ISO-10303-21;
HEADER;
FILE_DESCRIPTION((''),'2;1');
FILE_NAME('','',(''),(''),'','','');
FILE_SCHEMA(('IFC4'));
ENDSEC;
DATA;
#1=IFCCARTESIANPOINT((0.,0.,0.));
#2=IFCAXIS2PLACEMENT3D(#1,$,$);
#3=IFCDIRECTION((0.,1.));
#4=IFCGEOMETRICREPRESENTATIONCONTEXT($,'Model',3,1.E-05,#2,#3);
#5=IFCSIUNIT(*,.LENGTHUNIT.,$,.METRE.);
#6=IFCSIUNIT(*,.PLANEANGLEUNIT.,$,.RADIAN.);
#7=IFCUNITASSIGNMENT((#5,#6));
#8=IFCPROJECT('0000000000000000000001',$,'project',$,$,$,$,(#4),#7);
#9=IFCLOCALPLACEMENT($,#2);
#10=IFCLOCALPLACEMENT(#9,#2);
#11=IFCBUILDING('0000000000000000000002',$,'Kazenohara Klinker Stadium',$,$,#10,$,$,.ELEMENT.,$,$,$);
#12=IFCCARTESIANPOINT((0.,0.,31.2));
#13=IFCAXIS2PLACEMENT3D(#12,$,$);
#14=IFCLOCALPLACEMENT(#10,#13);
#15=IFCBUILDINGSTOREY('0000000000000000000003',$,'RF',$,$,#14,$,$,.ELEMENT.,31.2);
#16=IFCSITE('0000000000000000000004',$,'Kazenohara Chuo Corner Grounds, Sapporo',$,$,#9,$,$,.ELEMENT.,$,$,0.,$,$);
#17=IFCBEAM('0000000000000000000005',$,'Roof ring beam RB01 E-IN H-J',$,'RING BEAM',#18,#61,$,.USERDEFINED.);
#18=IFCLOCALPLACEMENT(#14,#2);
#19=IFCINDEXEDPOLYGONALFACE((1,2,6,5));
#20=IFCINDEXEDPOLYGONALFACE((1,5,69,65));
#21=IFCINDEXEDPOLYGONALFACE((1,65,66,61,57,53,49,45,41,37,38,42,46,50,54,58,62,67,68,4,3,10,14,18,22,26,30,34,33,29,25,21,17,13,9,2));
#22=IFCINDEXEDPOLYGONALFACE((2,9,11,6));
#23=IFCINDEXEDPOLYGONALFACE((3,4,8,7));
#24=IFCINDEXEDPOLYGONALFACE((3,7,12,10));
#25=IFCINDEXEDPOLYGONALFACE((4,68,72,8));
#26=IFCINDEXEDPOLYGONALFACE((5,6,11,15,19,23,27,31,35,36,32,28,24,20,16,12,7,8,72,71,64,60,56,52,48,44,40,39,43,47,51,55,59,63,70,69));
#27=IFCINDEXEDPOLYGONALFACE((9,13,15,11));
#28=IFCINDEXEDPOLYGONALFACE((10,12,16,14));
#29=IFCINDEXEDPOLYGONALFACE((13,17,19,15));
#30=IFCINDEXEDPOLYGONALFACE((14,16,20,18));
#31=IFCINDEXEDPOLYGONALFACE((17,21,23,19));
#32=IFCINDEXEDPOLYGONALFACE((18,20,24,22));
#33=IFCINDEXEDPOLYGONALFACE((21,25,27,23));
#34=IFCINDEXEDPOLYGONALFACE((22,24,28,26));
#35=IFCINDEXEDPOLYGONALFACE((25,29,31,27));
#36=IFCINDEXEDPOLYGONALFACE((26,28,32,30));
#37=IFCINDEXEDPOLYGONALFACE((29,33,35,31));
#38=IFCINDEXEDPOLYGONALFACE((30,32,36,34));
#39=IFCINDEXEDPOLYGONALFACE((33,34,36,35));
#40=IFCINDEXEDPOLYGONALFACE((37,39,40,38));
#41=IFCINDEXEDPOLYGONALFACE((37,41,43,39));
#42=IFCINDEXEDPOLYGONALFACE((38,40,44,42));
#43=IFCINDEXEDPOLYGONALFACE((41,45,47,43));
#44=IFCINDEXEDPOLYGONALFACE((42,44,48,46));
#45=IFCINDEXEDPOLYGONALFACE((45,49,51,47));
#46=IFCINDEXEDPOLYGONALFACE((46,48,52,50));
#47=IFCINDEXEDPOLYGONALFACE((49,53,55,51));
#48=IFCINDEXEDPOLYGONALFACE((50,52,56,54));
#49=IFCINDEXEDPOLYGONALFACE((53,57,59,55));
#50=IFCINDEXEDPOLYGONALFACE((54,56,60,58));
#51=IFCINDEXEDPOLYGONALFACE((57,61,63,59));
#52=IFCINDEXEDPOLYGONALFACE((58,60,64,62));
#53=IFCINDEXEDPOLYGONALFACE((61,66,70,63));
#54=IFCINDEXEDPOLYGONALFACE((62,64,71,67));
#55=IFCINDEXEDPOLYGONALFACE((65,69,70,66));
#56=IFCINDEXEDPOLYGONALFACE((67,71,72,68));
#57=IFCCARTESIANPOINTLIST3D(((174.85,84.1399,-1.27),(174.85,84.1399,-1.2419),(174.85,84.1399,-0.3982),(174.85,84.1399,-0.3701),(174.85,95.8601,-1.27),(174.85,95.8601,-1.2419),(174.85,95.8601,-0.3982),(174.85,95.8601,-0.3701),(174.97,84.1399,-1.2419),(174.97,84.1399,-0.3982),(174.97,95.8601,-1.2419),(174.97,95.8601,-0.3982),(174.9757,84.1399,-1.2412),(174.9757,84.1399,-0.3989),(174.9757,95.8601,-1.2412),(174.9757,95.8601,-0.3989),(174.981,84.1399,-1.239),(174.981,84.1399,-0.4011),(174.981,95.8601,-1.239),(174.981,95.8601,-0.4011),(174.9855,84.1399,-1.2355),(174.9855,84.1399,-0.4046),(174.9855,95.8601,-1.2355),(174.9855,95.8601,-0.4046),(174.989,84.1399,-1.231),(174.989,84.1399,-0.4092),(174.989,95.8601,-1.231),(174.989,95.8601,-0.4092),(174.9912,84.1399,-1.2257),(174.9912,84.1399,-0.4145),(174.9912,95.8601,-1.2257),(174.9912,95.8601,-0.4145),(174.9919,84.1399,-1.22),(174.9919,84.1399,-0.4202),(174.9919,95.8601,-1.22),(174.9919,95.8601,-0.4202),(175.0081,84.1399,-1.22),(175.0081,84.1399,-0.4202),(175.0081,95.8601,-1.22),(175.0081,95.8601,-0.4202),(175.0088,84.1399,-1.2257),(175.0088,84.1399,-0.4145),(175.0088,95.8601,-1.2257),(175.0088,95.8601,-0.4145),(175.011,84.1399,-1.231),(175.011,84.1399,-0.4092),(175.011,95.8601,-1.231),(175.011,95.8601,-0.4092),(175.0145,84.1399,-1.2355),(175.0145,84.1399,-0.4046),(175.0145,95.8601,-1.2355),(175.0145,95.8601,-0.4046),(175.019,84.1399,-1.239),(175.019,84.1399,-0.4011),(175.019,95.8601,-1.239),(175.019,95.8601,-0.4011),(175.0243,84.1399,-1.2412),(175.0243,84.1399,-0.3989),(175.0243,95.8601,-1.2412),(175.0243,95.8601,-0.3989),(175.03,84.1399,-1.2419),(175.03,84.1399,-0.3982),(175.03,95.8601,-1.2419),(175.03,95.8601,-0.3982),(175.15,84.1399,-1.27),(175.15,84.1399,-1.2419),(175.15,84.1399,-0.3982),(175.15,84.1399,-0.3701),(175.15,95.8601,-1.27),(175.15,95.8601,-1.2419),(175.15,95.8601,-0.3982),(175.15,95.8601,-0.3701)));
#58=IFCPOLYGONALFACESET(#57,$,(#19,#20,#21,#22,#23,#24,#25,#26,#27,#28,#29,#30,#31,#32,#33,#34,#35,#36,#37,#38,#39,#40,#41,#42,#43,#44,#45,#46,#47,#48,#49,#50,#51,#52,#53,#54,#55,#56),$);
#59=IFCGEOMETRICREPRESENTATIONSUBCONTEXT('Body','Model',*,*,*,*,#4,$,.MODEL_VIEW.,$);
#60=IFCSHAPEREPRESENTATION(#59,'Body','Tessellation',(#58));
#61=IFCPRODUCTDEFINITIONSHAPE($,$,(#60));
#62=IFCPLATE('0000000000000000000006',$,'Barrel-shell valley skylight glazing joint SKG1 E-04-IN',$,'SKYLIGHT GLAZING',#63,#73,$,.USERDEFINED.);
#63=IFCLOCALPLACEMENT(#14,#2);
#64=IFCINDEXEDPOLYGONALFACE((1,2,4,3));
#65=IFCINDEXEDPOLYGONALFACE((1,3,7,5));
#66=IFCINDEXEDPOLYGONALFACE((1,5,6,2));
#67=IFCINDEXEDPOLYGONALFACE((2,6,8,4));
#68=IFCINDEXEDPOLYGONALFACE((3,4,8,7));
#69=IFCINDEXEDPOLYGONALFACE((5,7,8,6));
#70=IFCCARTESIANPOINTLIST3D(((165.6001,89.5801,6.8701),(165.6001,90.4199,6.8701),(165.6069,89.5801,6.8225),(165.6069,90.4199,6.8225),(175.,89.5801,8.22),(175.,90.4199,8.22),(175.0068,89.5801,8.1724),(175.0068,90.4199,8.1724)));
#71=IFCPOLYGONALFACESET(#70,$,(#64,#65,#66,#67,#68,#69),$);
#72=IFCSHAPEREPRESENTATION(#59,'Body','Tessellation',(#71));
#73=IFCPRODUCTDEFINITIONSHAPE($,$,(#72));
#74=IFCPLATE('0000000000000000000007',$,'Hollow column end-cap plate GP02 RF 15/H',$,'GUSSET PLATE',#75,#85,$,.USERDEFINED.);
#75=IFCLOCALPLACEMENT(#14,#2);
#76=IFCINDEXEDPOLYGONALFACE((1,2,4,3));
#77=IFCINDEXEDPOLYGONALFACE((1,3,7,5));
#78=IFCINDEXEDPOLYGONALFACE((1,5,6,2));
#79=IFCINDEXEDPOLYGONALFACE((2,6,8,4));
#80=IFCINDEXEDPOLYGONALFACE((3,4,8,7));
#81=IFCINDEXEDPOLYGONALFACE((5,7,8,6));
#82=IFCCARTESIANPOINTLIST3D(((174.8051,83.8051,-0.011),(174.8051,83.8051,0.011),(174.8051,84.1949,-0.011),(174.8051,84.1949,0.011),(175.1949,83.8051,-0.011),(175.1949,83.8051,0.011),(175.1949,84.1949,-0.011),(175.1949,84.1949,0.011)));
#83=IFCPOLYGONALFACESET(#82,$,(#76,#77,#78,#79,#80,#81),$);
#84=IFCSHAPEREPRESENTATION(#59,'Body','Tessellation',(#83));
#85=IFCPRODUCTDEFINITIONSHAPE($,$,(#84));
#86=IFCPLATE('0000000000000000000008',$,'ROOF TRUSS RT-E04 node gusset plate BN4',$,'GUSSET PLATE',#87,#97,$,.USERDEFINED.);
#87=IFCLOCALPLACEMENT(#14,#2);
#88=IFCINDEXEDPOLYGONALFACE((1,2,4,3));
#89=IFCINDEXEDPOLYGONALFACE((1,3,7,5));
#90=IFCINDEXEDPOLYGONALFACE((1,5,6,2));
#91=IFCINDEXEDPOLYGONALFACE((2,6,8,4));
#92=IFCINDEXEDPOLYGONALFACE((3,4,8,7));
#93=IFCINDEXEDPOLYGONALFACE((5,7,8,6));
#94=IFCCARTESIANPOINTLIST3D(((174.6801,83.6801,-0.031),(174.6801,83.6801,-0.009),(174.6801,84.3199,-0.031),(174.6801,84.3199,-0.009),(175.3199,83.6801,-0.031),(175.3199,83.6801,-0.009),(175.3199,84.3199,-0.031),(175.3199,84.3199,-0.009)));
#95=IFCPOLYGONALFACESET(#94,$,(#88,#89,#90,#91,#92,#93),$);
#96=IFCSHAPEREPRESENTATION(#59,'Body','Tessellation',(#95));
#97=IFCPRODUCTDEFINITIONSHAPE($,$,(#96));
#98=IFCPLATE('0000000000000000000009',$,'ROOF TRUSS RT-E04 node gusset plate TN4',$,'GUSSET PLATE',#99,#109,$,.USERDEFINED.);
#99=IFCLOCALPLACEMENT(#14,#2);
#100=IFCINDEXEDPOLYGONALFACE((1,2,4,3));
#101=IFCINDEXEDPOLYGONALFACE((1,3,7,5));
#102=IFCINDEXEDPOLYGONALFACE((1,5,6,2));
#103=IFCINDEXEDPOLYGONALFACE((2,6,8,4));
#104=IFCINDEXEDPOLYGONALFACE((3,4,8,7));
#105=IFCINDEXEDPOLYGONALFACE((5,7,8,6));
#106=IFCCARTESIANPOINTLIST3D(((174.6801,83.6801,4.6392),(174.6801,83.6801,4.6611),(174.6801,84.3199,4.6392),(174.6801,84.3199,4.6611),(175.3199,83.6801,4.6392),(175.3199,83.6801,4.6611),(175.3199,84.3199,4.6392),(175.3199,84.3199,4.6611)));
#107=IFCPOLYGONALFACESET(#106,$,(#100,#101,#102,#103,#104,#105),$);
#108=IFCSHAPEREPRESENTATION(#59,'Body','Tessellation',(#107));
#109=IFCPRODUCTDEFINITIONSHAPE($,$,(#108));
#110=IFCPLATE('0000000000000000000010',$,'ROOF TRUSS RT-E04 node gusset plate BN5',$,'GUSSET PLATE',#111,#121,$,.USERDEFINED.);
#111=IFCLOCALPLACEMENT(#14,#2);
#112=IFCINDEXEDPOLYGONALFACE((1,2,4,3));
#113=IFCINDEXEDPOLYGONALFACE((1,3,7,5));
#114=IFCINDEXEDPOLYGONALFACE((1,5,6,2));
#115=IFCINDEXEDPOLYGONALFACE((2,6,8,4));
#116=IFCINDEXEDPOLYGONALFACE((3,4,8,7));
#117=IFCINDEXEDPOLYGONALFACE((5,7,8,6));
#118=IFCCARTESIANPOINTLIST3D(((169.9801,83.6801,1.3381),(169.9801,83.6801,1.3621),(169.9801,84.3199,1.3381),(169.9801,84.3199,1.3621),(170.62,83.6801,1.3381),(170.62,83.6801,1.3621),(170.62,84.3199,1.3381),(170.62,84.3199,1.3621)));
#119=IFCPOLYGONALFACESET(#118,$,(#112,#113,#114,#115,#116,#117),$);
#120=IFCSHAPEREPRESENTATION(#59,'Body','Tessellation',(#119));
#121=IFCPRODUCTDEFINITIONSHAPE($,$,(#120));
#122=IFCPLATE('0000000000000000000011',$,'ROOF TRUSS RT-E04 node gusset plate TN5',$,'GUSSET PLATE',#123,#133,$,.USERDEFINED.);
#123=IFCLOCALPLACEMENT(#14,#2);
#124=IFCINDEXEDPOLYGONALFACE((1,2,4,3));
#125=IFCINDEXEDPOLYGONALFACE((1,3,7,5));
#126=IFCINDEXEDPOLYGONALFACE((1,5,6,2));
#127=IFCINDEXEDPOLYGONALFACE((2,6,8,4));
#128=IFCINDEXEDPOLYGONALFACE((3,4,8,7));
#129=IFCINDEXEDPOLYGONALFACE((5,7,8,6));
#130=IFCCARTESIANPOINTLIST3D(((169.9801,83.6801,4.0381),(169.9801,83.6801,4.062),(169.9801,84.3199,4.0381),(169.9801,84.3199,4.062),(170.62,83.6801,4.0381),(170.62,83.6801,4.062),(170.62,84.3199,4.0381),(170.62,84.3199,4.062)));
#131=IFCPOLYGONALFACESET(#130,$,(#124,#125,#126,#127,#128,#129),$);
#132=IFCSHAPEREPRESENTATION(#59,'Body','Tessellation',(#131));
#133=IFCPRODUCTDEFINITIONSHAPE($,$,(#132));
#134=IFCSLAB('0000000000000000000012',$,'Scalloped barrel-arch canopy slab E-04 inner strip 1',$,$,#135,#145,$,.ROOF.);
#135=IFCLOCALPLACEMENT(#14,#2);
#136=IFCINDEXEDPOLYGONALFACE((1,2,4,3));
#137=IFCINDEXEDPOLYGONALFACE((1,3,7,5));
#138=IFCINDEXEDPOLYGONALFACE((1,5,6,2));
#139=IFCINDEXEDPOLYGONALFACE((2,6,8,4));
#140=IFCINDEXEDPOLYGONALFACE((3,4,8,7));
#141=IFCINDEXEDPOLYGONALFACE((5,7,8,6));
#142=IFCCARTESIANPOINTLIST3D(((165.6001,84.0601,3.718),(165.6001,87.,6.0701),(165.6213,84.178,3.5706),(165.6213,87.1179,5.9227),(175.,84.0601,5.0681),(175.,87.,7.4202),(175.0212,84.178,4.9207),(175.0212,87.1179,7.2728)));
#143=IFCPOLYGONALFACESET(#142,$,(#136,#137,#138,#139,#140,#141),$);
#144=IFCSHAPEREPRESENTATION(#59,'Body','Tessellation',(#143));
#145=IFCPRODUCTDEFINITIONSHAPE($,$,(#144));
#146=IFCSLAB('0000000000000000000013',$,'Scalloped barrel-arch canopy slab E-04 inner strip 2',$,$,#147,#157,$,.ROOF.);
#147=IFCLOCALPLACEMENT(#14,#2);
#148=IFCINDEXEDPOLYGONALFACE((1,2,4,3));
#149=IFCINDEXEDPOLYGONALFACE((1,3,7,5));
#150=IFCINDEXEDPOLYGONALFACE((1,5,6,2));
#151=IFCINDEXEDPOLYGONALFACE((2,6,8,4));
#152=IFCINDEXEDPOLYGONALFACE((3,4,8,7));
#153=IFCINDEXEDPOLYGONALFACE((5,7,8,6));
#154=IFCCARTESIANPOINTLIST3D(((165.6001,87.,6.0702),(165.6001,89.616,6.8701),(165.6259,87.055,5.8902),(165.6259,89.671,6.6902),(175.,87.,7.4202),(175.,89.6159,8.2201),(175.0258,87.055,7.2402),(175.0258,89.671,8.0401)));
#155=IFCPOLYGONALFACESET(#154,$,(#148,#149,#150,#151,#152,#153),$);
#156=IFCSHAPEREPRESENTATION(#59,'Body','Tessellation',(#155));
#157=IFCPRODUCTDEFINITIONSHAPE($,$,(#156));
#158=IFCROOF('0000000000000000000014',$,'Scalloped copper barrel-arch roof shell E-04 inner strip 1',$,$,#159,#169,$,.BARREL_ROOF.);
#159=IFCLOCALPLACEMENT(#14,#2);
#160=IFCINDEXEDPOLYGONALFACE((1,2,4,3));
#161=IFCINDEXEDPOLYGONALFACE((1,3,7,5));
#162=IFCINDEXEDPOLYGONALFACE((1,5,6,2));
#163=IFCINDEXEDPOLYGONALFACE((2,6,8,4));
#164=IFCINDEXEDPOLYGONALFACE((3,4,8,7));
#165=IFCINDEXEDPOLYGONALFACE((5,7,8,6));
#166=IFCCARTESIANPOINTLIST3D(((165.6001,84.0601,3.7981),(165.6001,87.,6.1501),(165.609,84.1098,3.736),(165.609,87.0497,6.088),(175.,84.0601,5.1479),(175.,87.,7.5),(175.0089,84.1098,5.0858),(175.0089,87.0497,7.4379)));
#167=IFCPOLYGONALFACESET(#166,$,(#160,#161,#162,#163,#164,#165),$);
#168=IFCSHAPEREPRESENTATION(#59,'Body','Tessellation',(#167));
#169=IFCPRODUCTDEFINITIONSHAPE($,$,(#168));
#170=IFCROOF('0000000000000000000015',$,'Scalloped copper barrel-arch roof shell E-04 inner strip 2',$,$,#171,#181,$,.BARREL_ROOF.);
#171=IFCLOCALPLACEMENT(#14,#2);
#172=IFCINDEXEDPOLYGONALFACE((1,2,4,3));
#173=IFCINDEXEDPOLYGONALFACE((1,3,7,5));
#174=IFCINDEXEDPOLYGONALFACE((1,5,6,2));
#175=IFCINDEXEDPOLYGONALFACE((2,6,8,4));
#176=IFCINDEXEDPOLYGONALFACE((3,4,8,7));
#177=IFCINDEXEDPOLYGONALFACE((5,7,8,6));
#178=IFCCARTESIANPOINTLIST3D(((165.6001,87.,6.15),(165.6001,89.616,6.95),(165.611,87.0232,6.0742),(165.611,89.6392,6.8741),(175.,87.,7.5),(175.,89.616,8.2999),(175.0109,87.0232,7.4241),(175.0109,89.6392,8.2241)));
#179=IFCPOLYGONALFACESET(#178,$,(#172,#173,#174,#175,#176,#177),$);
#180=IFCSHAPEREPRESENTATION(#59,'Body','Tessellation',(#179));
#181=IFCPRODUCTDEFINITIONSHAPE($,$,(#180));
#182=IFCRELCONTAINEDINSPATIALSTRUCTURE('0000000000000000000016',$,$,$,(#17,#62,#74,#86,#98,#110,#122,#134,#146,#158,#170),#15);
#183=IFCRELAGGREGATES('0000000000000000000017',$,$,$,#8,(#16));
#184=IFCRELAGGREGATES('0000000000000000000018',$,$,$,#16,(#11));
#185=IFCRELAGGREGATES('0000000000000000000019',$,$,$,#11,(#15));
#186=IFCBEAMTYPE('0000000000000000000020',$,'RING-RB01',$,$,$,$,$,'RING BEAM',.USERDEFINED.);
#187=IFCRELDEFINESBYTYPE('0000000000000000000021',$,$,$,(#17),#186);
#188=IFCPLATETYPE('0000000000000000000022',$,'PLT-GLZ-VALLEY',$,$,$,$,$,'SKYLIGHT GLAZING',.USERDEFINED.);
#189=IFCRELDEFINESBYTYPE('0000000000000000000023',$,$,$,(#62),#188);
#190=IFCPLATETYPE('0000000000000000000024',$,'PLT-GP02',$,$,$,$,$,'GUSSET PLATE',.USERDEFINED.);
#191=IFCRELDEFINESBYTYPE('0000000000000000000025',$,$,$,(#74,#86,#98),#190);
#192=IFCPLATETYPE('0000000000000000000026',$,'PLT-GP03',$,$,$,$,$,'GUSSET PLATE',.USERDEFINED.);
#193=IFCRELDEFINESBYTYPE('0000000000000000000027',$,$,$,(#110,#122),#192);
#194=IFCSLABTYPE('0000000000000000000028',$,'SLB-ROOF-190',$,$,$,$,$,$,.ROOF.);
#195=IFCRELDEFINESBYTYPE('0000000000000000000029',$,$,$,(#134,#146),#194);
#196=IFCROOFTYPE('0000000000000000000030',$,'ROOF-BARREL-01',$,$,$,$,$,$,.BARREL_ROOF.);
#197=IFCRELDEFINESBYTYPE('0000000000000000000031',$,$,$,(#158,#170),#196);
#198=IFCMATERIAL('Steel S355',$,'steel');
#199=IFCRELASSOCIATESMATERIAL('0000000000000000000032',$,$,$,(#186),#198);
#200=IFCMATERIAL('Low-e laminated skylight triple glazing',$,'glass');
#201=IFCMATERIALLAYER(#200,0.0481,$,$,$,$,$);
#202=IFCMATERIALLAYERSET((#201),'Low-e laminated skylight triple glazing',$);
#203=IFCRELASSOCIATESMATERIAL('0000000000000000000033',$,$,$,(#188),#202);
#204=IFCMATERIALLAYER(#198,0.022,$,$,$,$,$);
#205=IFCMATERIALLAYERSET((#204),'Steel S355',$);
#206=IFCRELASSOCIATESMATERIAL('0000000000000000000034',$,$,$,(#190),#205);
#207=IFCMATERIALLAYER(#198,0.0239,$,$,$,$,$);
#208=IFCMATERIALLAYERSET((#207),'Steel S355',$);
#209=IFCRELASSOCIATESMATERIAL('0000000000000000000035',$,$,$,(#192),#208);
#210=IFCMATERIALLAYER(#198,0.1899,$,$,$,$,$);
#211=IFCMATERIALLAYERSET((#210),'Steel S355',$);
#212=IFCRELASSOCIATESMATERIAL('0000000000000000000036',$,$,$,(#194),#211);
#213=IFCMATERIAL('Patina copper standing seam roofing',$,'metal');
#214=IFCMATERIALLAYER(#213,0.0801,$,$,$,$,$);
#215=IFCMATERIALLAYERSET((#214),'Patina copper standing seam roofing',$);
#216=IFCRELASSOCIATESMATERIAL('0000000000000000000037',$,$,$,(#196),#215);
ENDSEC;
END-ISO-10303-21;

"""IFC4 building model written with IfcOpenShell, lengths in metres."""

from ifc_helpers import new_model, si_unit, direction, frame, origin, origin_2d, place, context, subcontext, project, spatial, polyline, rectangle, i_section, outline, extrude, material, layer, layer_set, material_profile, profile_set, type_object, element, save


model = new_model("IFC4")

# Units and contexts
model_context = context("Model", 3, precision=1e-05, world=origin(), true_north=direction((0.0, 1.0)))
body_context = subcontext(model_context, "Body", "Model", "MODEL_VIEW")
ifc_project = project(units=[si_unit("LENGTHUNIT", "METRE"), si_unit("PLANEANGLEUNIT", "RADIAN")], contexts=[model_context])

# Site, building, storey
site_placement = place(None, origin())
site = spatial("IfcSite", under=ifc_project, at=site_placement, Name="Kazenohara Chuo Corner Grounds, Sapporo", CompositionType="ELEMENT", RefElevation=0.0)
building_placement = place(site_placement, origin())
building = spatial("IfcBuilding", under=site, at=building_placement, Name="Kazenohara Klinker Stadium", CompositionType="ELEMENT")
storey_placement = place(building_placement, frame((0.0, 0.0, 31.2)))
storey = spatial("IfcBuildingStorey", under=building, at=storey_placement, Name="RF", CompositionType="ELEMENT", Elevation=31.2)

# Shared definitions
ifc_material_1 = material(Name="Steel S355", Category="steel")

# Beam
ifc_material_profile_1 = material_profile(ifc_material_1, i_section(OverallWidth=0.3, OverallDepth=0.8999, WebThickness=0.0161, FlangeThickness=0.0281, FilletRadius=0.022, at=origin_2d()), Name="H-900x300x16x28")
ifc_profile_set_1 = profile_set([ifc_material_profile_1], Name="Steel S355")
beam_type = type_object("IfcBeamType", Name="RING-RB01", ElementType="RING BEAM", PredefinedType="USERDEFINED", material=ifc_profile_set_1)
beam_placement = place(storey_placement, frame((175.0, 84.1399, -0.8201), z_axis=(0.0, 1.0, 0.0), x_axis=(-1.0, 0.0, 0.0)))
element("IfcBeam", 1, at=beam_placement, inside=storey, type_object=beam_type, Name="Roof ring beam RB01 E-IN H-J", ObjectType="RING BEAM", PredefinedType="USERDEFINED", context=body_context, shape_type="SweptSolid", body=[
    extrude(i_section(OverallWidth=0.3, OverallDepth=0.8999, WebThickness=0.0161, FlangeThickness=0.0281, FilletRadius=0.022, at=origin_2d()), origin(), (0.0, 0.0, 1.0), 11.7202),
])

# Plates
ifc_material_2 = material(Name="Low-e laminated skylight triple glazing", Category="glass")
ifc_layer_1 = layer(ifc_material_2, 0.0481)
ifc_layer_set_1 = layer_set([ifc_layer_1], Name="Low-e laminated skylight triple glazing")
plate_type_1 = type_object("IfcPlateType", Name="PLT-GLZ-VALLEY", ElementType="SKYLIGHT GLAZING", PredefinedType="USERDEFINED", material=ifc_layer_set_1)
plate_1_placement = place(storey_placement, frame((175.0, 89.5801, 8.22), z_axis=(-0.142145, 0.0, 0.989846), x_axis=(-0.989846, 0.0, -0.142145)))
element("IfcPlate", 2, at=plate_1_placement, inside=storey, type_object=plate_type_1, Name="Barrel-shell valley skylight glazing joint SKG1 E-04-IN", ObjectType="SKYLIGHT GLAZING", PredefinedType="USERDEFINED", context=body_context, shape_type="SweptSolid", body=[
    extrude(outline(polyline([(0.0, 0.0), (9.4963, 0.0), (9.4963, -0.8398), (0.0, -0.8398), (0.0, 0.0)])), origin(), (0.0, 0.0, -1.0), 0.0481),
])
ifc_layer_2 = layer(ifc_material_1, 0.022)
ifc_layer_set_2 = layer_set([ifc_layer_2], Name="Steel S355")
plate_type_2 = type_object("IfcPlateType", Name="PLT-GP02", ElementType="GUSSET PLATE", PredefinedType="USERDEFINED", material=ifc_layer_set_2)
plate_2_placement = place(storey_placement, frame((175.0, 84.0, -0.011), z_axis=(0.0, 0.0, 1.0), x_axis=(1.0, 0.0, 0.0)))
element("IfcPlate", 3, at=plate_2_placement, inside=storey, type_object=plate_type_2, Name="Hollow column end-cap plate GP02 RF 15/H", ObjectType="GUSSET PLATE", PredefinedType="USERDEFINED", context=body_context, shape_type="SweptSolid", body=[
    extrude(rectangle(XDim=0.3899, YDim=0.3899, at=origin_2d()), origin(), (0.0, 0.0, 1.0), 0.022),
])
for number, where, z_axis, x_axis, name in (
    (4, (175.0, 84.0, -0.031), (0.0, 0.0, 1.0), (1.0, 0.0, 0.0), "ROOF TRUSS RT-E04 node gusset plate BN4"),
    (5, (175.0, 84.0, 4.6392), (0.0, 0.0, 1.0), (1.0, 0.0, 0.0), "ROOF TRUSS RT-E04 node gusset plate TN4"),
):
    element("IfcPlate", number, at=place(storey_placement, frame(where, z_axis=z_axis, x_axis=x_axis)), inside=storey, type_object=plate_type_2, Name=name, ObjectType="GUSSET PLATE", PredefinedType="USERDEFINED", context=body_context, shape_type="SweptSolid", body=[
        extrude(rectangle(XDim=0.6399, YDim=0.6399, at=origin_2d()), origin(), (0.0, 0.0, 1.0), 0.022),
    ])
ifc_layer_3 = layer(ifc_material_1, 0.0239)
ifc_layer_set_3 = layer_set([ifc_layer_3], Name="Steel S355")
plate_type_3 = type_object("IfcPlateType", Name="PLT-GP03", ElementType="GUSSET PLATE", PredefinedType="USERDEFINED", material=ifc_layer_set_3)
for number, where, z_axis, x_axis, name in (
    (6, (170.3, 84.0, 1.3381), (0.0, 0.0, 1.0), (1.0, 0.0, 0.0), "ROOF TRUSS RT-E04 node gusset plate BN5"),
    (7, (170.3, 84.0, 4.0381), (0.0, 0.0, 1.0), (1.0, 0.0, 0.0), "ROOF TRUSS RT-E04 node gusset plate TN5"),
):
    element("IfcPlate", number, at=place(storey_placement, frame(where, z_axis=z_axis, x_axis=x_axis)), inside=storey, type_object=plate_type_3, Name=name, ObjectType="GUSSET PLATE", PredefinedType="USERDEFINED", context=body_context, shape_type="SweptSolid", body=[
        extrude(rectangle(XDim=0.6399, YDim=0.6399, at=origin_2d()), origin(), (0.0, 0.0, 1.0), 0.0239),
    ])

# Slabs
ifc_layer_4 = layer(ifc_material_1, 0.1899)
ifc_layer_set_4 = layer_set([ifc_layer_4], Name="Steel S355")
slab_type = type_object("IfcSlabType", Name="SLB-ROOF-190", PredefinedType="ROOF", material=ifc_layer_set_4)
slab_1_placement = place(storey_placement, frame((175.0, 84.0601, 5.0681), z_axis=(-0.111455, -0.620819, 0.775991), x_axis=(-0.989842, 0.0, -0.14217)))
element("IfcSlab", 8, at=slab_1_placement, inside=storey, type_object=slab_type, Name="Scalloped barrel-arch canopy slab E-04 inner strip 1", PredefinedType="ROOF", context=body_context, shape_type="SweptSolid", body=[
    extrude(outline(polyline([(0.0, 0.0), (9.4964, 0.0), (9.162, -3.7501), (-0.3344, -3.7501), (0.0, 0.0)])), origin(), (0.0, 0.0, -1.0), 0.1899),
])
slab_2_placement = place(storey_placement, frame((175.0, 87.0, 7.4202), z_axis=(-0.136061, -0.289701, 0.947397), x_axis=(-0.989844, -0.000004, -0.142158)))
element("IfcSlab", 9, at=slab_2_placement, inside=storey, type_object=slab_type, Name="Scalloped barrel-arch canopy slab E-04 inner strip 2", PredefinedType="ROOF", context=body_context, shape_type="SweptSolid", body=[
    extrude(outline(polyline([(0.0, 0.0), (9.4964, 0.0), (9.3826, -2.7332), (-0.1137, -2.7331), (0.0, 0.0)])), origin(), (0.0, 0.0, -1.0), 0.1899),
])

# Roofs
ifc_material_3 = material(Name="Patina copper standing seam roofing", Category="metal")
ifc_layer_5 = layer(ifc_material_3, 0.0801)
ifc_layer_set_5 = layer_set([ifc_layer_5], Name="Patina copper standing seam roofing")
roof_type = type_object("IfcRoofType", Name="ROOF-BARREL-01", PredefinedType="BARREL_ROOF", material=ifc_layer_set_5)
roof_1_placement = place(storey_placement, frame((175.0, 84.0601, 5.1479), z_axis=(-0.111435, -0.62082, 0.775993), x_axis=(-0.989846, 0.0, -0.142145)))
element("IfcRoof", 10, at=roof_1_placement, inside=storey, type_object=roof_type, Name="Scalloped copper barrel-arch roof shell E-04 inner strip 1", PredefinedType="BARREL_ROOF", context=body_context, shape_type="SweptSolid", body=[
    extrude(outline(polyline([(0.0, 0.0), (9.4963, 0.0), (9.162, -3.7501), (-0.3343, -3.7501), (0.0, 0.0)])), origin(), (0.0, 0.0, -1.0), 0.0801),
])
roof_2_placement = place(storey_placement, frame((175.0, 87.0, 7.5), z_axis=(-0.136061, -0.289701, 0.947397), x_axis=(-0.989844, 0.000004, -0.142156)))
element("IfcRoof", 11, at=roof_2_placement, inside=storey, type_object=roof_type, Name="Scalloped copper barrel-arch roof shell E-04 inner strip 2", PredefinedType="BARREL_ROOF", context=body_context, shape_type="SweptSolid", body=[
    extrude(outline(polyline([(0.0, 0.0), (9.4963, 0.0), (9.3826, -2.7331), (-0.1137, -2.7332), (0.0, 0.0)])), origin(), (0.0, 0.0, -1.0), 0.0801),
])

save(model, "model.ifc")
